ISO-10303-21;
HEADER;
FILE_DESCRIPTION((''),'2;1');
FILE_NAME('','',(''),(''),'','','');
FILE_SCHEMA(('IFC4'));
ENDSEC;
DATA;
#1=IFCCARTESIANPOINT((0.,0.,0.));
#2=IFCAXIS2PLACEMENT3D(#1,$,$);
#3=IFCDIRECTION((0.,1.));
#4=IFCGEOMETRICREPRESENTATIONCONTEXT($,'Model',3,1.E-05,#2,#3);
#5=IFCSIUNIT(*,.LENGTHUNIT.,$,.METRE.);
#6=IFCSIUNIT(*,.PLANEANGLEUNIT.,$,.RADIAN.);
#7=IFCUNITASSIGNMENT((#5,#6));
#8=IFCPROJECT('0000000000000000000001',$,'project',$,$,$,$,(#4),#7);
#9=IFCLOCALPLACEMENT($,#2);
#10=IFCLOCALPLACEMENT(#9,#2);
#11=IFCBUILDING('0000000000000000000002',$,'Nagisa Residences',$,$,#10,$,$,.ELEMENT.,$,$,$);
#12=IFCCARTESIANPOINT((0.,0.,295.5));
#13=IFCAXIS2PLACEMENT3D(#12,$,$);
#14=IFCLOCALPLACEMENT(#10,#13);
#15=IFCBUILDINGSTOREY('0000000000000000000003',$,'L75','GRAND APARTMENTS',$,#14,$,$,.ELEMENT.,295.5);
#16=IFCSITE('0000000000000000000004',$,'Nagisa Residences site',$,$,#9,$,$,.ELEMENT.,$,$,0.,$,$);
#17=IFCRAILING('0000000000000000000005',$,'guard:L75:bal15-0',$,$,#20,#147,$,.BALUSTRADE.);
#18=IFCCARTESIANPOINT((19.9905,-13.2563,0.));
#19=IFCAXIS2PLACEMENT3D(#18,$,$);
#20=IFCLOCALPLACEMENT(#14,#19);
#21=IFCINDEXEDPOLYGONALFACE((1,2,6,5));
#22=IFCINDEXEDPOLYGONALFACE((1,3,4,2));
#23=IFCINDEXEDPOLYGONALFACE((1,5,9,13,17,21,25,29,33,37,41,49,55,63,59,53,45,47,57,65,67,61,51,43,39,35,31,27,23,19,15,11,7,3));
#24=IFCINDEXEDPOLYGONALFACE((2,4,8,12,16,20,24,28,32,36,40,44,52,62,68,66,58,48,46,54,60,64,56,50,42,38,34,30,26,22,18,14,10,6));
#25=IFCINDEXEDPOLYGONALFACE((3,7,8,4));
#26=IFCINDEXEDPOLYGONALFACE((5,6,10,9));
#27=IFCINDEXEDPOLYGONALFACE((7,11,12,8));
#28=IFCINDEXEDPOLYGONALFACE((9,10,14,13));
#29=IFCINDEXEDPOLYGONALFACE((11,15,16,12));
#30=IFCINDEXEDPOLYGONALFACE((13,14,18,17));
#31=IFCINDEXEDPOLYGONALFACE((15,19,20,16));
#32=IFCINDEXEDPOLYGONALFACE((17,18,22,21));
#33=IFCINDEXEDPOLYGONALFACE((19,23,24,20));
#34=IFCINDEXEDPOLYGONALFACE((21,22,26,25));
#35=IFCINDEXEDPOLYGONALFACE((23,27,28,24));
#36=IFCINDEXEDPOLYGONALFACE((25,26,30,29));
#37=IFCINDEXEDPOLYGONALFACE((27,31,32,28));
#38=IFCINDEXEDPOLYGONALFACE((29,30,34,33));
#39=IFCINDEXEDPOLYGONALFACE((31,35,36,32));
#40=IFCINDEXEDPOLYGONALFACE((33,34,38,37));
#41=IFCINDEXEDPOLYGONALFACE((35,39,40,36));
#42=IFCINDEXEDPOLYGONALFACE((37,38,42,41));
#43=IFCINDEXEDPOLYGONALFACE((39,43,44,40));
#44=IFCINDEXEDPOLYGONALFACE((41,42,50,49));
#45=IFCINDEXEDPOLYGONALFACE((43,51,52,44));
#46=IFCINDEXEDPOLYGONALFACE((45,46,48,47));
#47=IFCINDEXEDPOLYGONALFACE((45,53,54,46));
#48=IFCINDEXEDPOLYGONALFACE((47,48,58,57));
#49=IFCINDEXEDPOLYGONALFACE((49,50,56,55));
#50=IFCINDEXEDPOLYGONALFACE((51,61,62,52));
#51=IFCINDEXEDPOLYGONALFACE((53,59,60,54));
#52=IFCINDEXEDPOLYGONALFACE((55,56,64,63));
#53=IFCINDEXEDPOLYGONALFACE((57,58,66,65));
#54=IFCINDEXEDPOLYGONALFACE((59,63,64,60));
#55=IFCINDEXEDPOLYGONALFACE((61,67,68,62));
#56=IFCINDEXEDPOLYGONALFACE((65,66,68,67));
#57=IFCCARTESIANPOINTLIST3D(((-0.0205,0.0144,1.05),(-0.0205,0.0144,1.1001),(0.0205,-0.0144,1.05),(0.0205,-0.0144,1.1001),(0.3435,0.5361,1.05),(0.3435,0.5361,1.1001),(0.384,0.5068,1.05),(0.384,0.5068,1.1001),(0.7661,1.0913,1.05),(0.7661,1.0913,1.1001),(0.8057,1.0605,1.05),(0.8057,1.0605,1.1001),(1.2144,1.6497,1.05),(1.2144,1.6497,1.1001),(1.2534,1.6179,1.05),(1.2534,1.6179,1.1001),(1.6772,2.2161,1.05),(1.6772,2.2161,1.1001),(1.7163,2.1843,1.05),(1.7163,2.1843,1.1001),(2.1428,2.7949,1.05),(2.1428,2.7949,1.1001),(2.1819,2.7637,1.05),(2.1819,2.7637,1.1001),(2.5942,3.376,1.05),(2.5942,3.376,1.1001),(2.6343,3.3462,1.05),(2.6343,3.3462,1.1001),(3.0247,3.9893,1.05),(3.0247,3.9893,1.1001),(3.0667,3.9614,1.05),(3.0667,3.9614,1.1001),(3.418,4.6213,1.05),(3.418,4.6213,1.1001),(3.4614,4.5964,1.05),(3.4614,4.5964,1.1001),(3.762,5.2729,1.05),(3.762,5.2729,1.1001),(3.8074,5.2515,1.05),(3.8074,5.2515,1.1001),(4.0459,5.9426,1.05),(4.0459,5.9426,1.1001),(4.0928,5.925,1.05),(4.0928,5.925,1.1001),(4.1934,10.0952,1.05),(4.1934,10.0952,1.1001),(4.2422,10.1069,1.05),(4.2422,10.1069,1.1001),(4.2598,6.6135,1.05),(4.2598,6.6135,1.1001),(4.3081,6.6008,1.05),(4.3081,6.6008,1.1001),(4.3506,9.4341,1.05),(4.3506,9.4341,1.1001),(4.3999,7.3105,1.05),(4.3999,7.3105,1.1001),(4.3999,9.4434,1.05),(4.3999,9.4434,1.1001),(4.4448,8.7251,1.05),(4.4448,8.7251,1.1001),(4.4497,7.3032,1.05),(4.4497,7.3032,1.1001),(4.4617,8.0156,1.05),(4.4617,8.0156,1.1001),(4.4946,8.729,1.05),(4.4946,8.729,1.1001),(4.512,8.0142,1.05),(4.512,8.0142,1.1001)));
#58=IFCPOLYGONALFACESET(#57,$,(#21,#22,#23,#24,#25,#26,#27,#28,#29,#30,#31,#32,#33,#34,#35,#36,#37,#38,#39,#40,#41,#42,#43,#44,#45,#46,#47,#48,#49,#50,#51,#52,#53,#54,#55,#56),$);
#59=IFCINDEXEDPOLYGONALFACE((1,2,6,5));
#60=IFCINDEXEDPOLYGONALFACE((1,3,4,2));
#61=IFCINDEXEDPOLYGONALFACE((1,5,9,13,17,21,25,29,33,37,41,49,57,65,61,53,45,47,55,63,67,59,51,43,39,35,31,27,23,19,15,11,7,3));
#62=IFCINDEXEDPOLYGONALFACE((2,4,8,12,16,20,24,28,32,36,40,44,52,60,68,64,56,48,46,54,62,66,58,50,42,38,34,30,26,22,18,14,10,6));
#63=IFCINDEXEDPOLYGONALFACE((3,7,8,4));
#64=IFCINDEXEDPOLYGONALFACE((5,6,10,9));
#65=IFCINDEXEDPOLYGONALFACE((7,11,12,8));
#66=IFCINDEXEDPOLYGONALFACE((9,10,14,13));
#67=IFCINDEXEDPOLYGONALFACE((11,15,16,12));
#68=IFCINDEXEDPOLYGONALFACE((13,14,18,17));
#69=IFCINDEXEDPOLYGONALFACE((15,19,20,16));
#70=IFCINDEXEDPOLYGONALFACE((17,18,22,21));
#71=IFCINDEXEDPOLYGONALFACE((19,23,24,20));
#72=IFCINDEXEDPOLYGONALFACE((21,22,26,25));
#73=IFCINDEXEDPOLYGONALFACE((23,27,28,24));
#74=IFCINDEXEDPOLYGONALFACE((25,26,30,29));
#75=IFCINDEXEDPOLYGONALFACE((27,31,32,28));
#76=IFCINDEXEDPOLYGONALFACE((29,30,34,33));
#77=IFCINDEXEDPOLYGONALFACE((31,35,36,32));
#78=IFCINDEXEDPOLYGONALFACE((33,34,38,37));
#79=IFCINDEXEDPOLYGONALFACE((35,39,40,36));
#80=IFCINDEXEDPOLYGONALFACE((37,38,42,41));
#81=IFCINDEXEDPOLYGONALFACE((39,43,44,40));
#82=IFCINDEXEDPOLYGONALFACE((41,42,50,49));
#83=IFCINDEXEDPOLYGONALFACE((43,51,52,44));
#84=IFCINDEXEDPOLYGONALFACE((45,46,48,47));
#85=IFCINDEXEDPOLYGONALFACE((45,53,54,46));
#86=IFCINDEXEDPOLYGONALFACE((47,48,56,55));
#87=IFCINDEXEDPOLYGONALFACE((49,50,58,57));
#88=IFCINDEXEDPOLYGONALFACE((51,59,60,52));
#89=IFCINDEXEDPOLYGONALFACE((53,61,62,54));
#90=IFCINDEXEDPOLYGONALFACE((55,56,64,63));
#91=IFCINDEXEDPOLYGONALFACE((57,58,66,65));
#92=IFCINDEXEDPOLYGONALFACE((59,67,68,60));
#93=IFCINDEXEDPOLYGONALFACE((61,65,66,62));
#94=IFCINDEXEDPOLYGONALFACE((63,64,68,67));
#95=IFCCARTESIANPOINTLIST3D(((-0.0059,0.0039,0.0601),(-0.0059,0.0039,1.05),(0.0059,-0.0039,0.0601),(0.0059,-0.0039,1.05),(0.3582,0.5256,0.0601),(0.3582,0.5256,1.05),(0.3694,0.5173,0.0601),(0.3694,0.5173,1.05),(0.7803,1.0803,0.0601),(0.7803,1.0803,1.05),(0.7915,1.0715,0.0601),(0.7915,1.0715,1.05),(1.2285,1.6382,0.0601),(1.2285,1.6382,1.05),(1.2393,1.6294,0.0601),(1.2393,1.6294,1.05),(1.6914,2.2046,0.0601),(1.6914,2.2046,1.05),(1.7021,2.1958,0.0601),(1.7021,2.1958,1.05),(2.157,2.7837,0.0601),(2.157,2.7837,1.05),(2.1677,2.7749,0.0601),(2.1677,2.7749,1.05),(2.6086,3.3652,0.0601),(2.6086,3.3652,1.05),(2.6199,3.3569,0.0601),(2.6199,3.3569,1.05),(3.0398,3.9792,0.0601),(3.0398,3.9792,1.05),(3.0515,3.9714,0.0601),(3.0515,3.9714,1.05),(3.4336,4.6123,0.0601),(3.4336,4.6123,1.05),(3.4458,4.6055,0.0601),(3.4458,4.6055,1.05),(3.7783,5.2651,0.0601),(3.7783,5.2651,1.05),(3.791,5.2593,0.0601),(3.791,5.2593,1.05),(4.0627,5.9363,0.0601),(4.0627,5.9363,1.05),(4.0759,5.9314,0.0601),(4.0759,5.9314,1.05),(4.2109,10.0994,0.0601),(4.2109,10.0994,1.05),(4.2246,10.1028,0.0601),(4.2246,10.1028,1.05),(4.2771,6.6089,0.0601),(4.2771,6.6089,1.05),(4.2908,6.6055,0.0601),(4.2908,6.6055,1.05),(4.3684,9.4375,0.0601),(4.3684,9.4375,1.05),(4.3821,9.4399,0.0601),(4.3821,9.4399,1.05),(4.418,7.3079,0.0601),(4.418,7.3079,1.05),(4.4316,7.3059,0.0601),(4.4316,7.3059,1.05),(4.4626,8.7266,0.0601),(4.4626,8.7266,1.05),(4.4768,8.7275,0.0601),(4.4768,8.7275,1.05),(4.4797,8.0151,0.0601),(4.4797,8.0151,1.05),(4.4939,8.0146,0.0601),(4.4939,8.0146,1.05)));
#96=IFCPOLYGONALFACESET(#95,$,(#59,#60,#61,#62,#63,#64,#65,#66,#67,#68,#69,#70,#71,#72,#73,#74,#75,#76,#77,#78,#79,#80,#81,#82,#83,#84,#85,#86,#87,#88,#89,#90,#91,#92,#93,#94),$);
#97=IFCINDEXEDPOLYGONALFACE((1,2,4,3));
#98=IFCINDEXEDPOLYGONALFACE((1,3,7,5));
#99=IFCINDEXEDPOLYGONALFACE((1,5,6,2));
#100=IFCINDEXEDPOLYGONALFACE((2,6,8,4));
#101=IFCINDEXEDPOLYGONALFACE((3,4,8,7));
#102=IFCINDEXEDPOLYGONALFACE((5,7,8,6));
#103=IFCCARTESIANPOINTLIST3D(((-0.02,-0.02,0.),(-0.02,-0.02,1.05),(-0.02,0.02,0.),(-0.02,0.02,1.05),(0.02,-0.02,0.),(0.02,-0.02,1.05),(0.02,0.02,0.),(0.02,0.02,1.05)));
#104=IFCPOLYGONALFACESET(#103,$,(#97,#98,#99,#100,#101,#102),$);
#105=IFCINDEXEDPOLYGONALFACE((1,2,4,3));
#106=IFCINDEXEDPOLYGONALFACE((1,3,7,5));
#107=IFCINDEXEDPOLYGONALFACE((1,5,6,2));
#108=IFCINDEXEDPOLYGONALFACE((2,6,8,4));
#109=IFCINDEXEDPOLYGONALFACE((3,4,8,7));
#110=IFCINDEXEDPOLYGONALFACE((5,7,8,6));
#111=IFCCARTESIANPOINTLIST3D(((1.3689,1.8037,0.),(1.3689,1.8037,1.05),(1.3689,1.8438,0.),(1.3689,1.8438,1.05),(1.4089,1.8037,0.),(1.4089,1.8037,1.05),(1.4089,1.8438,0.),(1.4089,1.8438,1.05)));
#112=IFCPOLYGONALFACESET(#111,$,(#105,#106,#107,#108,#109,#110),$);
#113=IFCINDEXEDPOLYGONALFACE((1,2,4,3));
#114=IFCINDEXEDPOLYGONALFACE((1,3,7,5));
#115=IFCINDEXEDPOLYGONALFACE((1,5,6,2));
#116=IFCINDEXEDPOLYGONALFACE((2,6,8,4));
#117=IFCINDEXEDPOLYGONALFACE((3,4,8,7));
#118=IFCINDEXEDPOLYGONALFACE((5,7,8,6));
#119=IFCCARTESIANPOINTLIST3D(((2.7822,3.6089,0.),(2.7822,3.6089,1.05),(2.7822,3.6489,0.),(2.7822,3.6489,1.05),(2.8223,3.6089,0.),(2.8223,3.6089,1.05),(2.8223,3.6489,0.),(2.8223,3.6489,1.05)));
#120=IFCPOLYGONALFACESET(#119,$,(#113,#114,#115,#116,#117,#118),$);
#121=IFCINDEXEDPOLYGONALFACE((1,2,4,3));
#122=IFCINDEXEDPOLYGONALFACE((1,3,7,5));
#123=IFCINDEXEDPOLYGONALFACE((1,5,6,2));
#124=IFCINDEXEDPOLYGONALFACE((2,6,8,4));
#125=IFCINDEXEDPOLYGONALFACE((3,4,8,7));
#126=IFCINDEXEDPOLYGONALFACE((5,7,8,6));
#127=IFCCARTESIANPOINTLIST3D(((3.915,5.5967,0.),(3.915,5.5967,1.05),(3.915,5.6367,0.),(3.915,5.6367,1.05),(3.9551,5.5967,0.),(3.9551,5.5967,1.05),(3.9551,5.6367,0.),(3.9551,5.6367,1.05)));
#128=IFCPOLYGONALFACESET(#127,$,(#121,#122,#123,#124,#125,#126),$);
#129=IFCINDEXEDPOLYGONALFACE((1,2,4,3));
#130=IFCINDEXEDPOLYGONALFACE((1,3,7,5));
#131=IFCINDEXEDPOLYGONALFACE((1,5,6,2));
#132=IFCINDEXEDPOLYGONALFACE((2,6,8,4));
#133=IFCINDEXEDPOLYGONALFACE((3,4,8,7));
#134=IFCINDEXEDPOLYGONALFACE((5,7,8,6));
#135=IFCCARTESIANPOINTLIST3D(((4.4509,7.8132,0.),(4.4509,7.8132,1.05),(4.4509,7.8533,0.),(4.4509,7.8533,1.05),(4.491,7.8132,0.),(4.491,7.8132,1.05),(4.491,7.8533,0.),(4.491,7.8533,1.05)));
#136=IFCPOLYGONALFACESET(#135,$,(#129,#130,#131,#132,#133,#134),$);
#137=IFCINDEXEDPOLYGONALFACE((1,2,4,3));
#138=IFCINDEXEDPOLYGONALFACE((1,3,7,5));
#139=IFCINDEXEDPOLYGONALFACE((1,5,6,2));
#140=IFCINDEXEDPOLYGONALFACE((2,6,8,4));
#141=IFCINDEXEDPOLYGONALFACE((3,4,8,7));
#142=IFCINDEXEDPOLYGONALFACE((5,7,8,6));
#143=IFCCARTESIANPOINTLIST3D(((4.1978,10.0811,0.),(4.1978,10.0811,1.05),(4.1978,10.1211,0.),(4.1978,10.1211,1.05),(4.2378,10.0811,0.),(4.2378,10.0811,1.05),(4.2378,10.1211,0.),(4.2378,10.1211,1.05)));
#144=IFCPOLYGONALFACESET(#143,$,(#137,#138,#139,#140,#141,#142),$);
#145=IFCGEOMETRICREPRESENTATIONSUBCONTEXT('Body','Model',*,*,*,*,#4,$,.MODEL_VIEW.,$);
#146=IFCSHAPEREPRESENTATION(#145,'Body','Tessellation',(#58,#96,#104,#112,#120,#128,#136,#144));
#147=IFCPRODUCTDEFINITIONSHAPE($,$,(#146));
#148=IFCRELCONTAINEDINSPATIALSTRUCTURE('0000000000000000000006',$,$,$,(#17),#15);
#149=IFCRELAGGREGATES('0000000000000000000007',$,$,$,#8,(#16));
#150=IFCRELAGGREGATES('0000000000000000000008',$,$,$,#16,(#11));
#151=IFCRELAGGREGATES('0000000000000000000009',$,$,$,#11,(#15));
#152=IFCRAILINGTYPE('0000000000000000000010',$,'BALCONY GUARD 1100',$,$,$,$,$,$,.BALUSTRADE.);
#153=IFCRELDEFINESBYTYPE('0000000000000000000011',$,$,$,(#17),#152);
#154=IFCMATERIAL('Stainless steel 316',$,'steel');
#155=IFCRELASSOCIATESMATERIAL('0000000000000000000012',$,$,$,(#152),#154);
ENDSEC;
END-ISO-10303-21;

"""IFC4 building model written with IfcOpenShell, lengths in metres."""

from ifc_helpers import new_model, si_unit, direction, frame, origin, origin_2d, place, context, subcontext, project, spatial, polyline, rectangle, outline, extrude, material, type_object, element, save


model = new_model("IFC4")

# Units and contexts
model_context = context("Model", 3, precision=1e-05, world=origin(), true_north=direction((0.0, 1.0)))
body_context = subcontext(model_context, "Body", "Model", "MODEL_VIEW")
ifc_project = project(units=[si_unit("LENGTHUNIT", "METRE"), si_unit("PLANEANGLEUNIT", "RADIAN")], contexts=[model_context])

# Site, building, storey
site_placement = place(None, origin())
site = spatial("IfcSite", under=ifc_project, at=site_placement, Name="Nagisa Residences site", CompositionType="ELEMENT", RefElevation=0.0)
building_placement = place(site_placement, origin())
building = spatial("IfcBuilding", under=site, at=building_placement, Name="Nagisa Residences", CompositionType="ELEMENT")
storey_placement = place(building_placement, frame((0.0, 0.0, 295.5)))
storey = spatial("IfcBuildingStorey", under=building, at=storey_placement, Name="L75", Description="GRAND APARTMENTS", CompositionType="ELEMENT", Elevation=295.5)

# Railing
ifc_material_1 = material(Name="Stainless steel 316", Category="steel")
railing_type = type_object("IfcRailingType", Name="BALCONY GUARD 1100", PredefinedType="BALUSTRADE", material=ifc_material_1)
railing_1_placement = place(storey_placement, frame((19.9905, -13.2563, 0.0)))
element("IfcRailing", 1, at=railing_1_placement, inside=storey, type_object=railing_type, Name="guard:L75:bal15-0", PredefinedType="BALUSTRADE", context=body_context, shape_type="SweptSolid", body=[
    extrude(outline(polyline([(0.3435, 0.5361), (-0.0205, 0.0144), (0.0205, -0.0144), (0.384, 0.5068), (0.8057, 1.0605), (1.2534, 1.6179), (1.7163, 2.1843), (2.1819, 2.7637), (2.6343, 3.3462), (3.0667, 3.9614), (3.4614, 4.5964), (3.8074, 5.2515), (4.0928, 5.925), (4.3081, 6.6008), (4.4497, 7.3032), (4.512, 8.0142), (4.4946, 8.729), (4.3999, 9.4434), (4.2422, 10.1069), (4.1934, 10.0952), (4.3506, 9.4341), (4.4448, 8.7251), (4.4617, 8.0156), (4.3999, 7.3105), (4.2598, 6.6135), (4.0459, 5.9426), (3.762, 5.2729), (3.418, 4.6213), (3.0247, 3.9893), (2.5942, 3.376), (2.1428, 2.7949), (1.6772, 2.2161), (1.2144, 1.6497), (0.7661, 1.0913), (0.3435, 0.5361)])), frame((0.0, 0.0, 1.05)), (0.0, 0.0, 1.0), 0.05),
    extrude(outline(polyline([(0.3582, 0.5256), (-0.0059, 0.0039), (0.0059, -0.0039), (0.3694, 0.5173), (0.7915, 1.0715), (1.2393, 1.6294), (1.7021, 2.1958), (2.1677, 2.7749), (2.6199, 3.3569), (3.0515, 3.9714), (3.4458, 4.6055), (3.791, 5.2593), (4.0759, 5.9314), (4.2908, 6.6055), (4.4316, 7.3059), (4.4939, 8.0146), (4.4768, 8.7275), (4.3821, 9.4399), (4.2246, 10.1028), (4.2109, 10.0994), (4.3684, 9.4375), (4.4626, 8.7266), (4.4797, 8.0151), (4.418, 7.3079), (4.2771, 6.6089), (4.0627, 5.9363), (3.7783, 5.2651), (3.4336, 4.6123), (3.0398, 3.9792), (2.6086, 3.3652), (2.157, 2.7837), (1.6914, 2.2046), (1.2285, 1.6382), (0.7803, 1.0803), (0.3582, 0.5256)])), frame((0.0, 0.0, 0.0601)), (0.0, 0.0, 1.0), 0.99),
    extrude(rectangle(XDim=0.04, YDim=0.04, at=origin_2d()), origin(), (0.0, 0.0, 1.0), 1.05),
    extrude(rectangle(XDim=0.04, YDim=0.04, at=origin_2d()), frame((1.3889, 1.8237, 0.0)), (0.0, 0.0, 1.0), 1.05),
    extrude(rectangle(XDim=0.04, YDim=0.04, at=origin_2d()), frame((2.8022, 3.6289, 0.0)), (0.0, 0.0, 1.0), 1.05),
    extrude(rectangle(XDim=0.04, YDim=0.04, at=origin_2d()), frame((3.9351, 5.6167, 0.0)), (0.0, 0.0, 1.0), 1.05),
    extrude(rectangle(XDim=0.04, YDim=0.04, at=origin_2d()), frame((4.4709, 7.8333, 0.0)), (0.0, 0.0, 1.0), 1.05),
    extrude(rectangle(XDim=0.04, YDim=0.04, at=origin_2d()), frame((4.2178, 10.1011, 0.0)), (0.0, 0.0, 1.0), 1.05),
])

save(model, "model.ifc")
